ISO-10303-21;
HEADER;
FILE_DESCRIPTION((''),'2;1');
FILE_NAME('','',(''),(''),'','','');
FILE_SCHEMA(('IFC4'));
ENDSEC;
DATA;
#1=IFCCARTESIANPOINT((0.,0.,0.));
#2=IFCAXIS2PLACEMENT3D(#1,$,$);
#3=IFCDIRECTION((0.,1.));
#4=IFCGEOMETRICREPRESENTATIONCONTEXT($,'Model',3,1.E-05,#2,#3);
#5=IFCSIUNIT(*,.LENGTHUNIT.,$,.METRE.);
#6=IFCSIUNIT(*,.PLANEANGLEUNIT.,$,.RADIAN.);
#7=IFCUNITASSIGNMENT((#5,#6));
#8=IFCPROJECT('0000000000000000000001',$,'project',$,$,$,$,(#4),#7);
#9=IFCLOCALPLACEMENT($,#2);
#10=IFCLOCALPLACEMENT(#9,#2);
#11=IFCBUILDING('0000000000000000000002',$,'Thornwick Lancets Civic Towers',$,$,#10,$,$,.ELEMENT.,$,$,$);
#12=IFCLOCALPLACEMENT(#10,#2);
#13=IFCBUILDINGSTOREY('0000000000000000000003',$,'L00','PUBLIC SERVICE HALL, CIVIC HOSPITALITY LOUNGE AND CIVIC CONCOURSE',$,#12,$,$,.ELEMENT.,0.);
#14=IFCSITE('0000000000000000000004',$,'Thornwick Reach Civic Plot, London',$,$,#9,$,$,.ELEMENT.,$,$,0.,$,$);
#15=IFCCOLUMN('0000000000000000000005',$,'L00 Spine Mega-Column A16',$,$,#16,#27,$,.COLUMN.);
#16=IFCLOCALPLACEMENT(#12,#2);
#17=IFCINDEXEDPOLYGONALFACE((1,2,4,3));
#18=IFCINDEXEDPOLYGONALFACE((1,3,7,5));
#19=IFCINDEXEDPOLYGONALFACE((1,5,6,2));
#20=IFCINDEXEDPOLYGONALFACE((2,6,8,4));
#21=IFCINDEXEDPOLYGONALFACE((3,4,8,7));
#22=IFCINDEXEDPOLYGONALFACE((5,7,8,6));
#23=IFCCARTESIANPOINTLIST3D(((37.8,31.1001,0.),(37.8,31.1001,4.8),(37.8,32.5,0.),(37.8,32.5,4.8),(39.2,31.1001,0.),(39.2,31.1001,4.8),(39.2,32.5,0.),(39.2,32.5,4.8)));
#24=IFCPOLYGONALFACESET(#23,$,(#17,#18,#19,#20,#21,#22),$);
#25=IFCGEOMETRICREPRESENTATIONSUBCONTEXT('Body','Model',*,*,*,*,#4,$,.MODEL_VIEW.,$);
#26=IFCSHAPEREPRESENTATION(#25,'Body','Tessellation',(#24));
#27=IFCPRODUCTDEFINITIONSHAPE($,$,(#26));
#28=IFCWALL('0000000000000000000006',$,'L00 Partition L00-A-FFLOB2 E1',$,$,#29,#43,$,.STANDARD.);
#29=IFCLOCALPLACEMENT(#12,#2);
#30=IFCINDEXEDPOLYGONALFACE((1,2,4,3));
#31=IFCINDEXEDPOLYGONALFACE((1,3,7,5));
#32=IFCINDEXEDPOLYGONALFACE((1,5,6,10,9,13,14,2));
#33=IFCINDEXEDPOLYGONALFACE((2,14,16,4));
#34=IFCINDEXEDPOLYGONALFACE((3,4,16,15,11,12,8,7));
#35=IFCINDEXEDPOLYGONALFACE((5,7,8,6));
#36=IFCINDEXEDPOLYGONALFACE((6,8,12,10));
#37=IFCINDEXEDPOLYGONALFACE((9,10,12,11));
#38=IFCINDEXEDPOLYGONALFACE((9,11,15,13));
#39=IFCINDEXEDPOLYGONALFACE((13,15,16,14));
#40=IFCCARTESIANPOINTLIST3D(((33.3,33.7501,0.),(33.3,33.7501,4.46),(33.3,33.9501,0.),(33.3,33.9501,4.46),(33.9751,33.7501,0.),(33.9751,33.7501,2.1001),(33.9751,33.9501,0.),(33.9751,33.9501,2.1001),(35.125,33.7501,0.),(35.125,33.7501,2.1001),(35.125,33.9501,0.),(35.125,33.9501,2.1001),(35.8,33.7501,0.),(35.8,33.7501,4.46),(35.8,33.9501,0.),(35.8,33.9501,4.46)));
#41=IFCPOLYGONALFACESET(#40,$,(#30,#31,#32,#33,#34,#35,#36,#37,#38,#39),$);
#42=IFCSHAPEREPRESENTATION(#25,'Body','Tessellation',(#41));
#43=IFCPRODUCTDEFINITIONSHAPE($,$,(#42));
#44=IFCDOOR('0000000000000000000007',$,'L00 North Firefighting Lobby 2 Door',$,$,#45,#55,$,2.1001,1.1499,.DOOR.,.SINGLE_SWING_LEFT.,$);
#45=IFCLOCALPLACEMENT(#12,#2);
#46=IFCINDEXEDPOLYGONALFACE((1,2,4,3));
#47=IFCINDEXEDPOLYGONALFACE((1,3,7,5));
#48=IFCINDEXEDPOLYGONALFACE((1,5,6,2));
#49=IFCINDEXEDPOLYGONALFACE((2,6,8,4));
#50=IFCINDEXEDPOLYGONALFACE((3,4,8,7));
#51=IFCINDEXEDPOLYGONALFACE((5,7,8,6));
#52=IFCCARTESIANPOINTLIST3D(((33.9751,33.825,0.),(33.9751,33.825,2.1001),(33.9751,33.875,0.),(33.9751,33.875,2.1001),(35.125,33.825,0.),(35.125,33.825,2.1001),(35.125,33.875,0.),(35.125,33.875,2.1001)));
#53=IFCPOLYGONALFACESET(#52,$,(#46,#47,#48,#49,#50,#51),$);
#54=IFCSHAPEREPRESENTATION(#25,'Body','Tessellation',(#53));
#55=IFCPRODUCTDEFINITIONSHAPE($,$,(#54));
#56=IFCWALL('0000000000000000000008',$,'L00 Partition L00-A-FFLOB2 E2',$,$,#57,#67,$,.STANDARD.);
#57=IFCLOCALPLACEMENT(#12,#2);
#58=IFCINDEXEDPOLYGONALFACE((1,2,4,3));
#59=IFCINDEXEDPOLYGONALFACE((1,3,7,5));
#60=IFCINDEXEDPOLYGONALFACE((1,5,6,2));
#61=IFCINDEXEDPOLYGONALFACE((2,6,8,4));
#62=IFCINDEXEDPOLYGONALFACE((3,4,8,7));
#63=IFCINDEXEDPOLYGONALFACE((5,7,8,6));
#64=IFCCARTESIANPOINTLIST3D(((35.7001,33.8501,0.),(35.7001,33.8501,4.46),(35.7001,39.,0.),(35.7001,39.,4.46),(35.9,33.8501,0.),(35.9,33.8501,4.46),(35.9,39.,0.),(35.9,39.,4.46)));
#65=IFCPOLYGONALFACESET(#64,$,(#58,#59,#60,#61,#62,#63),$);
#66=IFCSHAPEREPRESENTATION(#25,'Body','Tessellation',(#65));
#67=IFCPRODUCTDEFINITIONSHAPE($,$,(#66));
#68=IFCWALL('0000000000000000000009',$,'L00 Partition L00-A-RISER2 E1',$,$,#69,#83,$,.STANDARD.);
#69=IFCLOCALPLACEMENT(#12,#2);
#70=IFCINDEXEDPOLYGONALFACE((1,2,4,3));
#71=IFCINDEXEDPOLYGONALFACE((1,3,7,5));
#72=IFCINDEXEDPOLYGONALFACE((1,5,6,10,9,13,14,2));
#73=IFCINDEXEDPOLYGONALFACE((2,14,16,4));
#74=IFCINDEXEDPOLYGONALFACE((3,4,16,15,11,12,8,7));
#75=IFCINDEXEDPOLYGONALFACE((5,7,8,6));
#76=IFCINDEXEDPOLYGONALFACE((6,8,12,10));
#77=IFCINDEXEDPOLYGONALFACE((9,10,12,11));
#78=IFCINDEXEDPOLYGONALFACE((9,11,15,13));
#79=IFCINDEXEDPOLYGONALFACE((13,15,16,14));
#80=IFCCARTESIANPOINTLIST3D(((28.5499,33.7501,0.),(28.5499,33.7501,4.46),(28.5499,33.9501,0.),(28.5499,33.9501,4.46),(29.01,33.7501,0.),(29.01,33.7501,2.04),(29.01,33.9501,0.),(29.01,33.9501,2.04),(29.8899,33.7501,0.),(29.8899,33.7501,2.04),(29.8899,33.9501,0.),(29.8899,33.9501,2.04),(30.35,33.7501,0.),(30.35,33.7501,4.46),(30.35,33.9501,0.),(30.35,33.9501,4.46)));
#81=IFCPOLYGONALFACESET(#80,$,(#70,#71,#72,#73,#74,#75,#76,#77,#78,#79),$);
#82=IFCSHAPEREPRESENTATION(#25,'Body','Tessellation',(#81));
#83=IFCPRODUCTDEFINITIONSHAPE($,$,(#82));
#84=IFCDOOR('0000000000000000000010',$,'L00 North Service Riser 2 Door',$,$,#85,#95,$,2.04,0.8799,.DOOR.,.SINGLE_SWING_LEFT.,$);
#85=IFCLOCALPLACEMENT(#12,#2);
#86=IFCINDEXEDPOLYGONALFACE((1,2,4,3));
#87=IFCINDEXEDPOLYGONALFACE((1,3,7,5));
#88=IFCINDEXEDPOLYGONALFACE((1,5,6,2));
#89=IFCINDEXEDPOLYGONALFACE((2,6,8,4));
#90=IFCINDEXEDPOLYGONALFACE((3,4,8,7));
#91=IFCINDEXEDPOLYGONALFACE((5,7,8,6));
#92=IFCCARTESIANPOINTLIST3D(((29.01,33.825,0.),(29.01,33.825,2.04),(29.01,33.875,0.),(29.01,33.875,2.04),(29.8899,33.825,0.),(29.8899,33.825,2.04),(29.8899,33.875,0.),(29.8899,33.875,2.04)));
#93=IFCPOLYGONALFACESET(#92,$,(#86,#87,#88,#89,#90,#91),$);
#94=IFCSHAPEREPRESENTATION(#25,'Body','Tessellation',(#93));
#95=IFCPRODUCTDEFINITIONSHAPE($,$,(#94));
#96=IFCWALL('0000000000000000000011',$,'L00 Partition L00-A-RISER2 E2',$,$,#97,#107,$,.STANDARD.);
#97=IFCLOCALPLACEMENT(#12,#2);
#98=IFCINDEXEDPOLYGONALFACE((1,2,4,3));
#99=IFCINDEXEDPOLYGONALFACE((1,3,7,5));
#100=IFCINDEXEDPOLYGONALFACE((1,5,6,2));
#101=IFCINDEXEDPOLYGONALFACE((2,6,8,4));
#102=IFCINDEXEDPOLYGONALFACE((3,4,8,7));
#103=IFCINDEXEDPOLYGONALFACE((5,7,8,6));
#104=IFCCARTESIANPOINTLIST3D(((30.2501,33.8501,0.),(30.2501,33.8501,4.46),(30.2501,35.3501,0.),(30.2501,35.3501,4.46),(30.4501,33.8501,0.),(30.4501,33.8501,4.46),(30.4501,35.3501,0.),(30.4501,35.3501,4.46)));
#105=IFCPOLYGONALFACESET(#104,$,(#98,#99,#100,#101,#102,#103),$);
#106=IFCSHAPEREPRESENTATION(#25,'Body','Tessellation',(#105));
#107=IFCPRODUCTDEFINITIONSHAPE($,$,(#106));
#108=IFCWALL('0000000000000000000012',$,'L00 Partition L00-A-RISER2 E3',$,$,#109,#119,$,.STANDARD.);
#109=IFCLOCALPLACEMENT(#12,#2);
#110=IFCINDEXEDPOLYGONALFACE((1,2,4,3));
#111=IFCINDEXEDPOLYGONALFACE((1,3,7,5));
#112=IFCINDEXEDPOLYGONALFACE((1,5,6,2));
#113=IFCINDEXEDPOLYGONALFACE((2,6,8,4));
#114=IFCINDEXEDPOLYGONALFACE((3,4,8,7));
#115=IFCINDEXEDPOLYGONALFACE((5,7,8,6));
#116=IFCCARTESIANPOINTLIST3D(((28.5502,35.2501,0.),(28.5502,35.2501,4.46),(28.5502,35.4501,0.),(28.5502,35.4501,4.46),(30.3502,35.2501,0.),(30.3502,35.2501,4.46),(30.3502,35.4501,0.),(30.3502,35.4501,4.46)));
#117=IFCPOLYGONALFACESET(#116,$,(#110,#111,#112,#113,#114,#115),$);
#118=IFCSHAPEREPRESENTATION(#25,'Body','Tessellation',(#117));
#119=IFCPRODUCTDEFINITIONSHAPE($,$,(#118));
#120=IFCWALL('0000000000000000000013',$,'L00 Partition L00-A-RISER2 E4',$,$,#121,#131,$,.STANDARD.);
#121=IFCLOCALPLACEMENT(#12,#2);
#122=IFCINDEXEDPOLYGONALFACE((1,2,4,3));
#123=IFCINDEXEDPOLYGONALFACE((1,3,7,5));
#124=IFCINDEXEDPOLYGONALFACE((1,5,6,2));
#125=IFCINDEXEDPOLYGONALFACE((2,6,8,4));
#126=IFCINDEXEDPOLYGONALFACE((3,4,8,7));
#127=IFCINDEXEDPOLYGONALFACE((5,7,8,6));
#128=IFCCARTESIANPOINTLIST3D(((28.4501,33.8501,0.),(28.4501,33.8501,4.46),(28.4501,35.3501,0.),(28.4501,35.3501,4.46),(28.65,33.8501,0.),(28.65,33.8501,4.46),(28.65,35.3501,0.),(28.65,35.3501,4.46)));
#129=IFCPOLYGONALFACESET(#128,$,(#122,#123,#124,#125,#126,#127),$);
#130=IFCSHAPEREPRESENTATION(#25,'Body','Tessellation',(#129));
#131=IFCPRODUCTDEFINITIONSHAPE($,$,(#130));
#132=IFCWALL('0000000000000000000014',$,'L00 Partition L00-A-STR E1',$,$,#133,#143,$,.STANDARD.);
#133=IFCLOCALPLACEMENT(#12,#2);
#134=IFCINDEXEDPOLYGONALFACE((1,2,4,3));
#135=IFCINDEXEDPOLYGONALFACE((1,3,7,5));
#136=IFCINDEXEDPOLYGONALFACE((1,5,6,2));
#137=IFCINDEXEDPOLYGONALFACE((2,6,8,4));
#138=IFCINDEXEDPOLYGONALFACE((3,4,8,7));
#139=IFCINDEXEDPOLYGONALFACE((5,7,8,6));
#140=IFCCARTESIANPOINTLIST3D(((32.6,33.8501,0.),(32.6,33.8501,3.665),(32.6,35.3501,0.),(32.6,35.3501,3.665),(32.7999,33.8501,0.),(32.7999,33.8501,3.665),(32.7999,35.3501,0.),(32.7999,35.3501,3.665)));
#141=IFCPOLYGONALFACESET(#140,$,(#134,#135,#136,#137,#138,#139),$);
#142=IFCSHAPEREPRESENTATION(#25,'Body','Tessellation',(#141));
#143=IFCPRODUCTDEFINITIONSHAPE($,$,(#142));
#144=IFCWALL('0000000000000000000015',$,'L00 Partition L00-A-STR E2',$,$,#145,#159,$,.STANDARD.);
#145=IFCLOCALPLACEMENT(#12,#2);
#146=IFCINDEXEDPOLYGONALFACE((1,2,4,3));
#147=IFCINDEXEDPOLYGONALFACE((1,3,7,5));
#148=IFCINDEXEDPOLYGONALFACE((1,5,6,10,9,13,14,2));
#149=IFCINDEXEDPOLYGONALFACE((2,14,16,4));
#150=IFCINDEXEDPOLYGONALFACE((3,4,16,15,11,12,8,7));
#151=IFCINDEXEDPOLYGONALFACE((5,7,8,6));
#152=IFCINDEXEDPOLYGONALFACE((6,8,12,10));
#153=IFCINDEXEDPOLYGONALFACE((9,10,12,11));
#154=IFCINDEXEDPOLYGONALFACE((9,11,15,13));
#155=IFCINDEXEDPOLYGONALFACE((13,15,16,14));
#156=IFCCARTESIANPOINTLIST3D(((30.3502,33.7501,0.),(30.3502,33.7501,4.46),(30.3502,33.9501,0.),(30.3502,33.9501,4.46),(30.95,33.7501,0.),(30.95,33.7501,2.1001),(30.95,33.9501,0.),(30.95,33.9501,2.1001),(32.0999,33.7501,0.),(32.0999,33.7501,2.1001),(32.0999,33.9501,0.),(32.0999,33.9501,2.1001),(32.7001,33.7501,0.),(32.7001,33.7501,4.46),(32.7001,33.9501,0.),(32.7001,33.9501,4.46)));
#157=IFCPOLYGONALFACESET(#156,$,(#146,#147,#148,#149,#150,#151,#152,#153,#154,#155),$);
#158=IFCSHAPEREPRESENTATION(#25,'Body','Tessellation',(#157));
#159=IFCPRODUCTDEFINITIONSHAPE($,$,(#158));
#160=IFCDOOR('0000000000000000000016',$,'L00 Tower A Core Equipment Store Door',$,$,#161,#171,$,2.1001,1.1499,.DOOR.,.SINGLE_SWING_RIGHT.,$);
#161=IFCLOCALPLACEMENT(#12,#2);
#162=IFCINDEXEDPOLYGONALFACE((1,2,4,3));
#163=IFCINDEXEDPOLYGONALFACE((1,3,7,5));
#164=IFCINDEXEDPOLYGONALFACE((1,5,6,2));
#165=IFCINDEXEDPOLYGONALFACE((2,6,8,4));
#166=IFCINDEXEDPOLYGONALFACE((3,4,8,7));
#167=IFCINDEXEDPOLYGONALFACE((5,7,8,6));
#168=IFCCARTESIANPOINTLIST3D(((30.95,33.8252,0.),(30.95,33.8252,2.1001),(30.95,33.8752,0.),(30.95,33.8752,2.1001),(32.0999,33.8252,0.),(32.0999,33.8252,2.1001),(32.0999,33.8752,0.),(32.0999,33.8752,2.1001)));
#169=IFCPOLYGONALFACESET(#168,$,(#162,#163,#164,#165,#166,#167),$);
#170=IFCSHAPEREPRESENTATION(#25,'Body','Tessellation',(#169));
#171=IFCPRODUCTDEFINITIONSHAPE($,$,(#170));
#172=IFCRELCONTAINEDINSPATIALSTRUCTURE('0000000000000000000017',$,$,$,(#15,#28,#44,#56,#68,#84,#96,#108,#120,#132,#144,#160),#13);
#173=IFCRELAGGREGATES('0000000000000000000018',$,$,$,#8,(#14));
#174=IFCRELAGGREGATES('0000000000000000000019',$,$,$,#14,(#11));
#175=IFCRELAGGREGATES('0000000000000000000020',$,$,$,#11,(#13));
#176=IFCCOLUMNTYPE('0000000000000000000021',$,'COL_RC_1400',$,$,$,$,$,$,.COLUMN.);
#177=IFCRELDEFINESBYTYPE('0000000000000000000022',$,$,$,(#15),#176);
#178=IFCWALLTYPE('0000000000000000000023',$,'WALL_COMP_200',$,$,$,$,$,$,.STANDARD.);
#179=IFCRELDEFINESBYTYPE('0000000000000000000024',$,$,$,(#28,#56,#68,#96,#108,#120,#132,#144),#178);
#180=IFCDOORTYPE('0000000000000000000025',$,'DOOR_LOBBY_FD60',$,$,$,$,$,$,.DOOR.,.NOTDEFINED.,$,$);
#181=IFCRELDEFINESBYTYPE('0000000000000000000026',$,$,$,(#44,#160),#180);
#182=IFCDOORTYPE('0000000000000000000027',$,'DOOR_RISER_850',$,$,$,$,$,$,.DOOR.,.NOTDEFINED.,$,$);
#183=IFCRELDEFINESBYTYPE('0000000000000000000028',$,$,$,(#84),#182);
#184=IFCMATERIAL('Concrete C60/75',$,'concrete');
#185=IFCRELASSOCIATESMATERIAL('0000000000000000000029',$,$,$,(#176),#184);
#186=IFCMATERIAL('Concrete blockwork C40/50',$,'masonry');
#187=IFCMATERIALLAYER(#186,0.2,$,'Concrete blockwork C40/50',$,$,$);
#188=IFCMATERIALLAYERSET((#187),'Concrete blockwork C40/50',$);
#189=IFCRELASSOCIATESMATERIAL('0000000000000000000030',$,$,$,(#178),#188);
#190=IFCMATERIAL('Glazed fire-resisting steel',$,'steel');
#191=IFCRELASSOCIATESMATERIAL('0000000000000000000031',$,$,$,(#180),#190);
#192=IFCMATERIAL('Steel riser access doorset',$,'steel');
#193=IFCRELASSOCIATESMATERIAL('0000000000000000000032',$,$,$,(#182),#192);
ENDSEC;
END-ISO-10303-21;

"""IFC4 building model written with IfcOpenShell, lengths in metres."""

from ifc_helpers import new_model, si_unit, direction, frame, frame_2d, origin, origin_2d, place, context, subcontext, project, spatial, rectangle, extrude, material, layer, layer_set, material_profile, profile_set, type_object, element, fill, save


model = new_model("IFC4")

# Units and contexts
model_context = context("Model", 3, precision=1e-05, world=origin(), true_north=direction((0.0, 1.0)))
body_context = subcontext(model_context, "Body", "Model", "MODEL_VIEW")
ifc_project = project(units=[si_unit("LENGTHUNIT", "METRE"), si_unit("PLANEANGLEUNIT", "RADIAN")], contexts=[model_context])

# Site, building, storey
site_placement = place(None, origin())
site = spatial("IfcSite", under=ifc_project, at=site_placement, Name="Thornwick Reach Civic Plot, London", CompositionType="ELEMENT", RefElevation=0.0)
building_placement = place(site_placement, origin())
building = spatial("IfcBuilding", under=site, at=building_placement, Name="Thornwick Lancets Civic Towers", CompositionType="ELEMENT")
storey_placement = place(building_placement, origin())
storey = spatial("IfcBuildingStorey", under=building, at=storey_placement, Name="L00", Description="PUBLIC SERVICE HALL, CIVIC HOSPITALITY LOUNGE AND CIVIC CONCOURSE", CompositionType="ELEMENT", Elevation=0.0)

# Column
ifc_material_1 = material(Name="Concrete C60/75", Category="concrete")
ifc_material_profile = material_profile(ifc_material_1, rectangle(XDim=1.3999, YDim=1.3999, at=origin_2d()), Name="RC 1400x1400")
ifc_profile_set = profile_set([ifc_material_profile], Name="Concrete C60/75")
column_type = type_object("IfcColumnType", Name="COL_RC_1400", PredefinedType="COLUMN", material=ifc_profile_set)
column_placement = place(storey_placement, frame((38.5, 31.8, 0.0), z_axis=(0.0, 0.0, 1.0), x_axis=(1.0, 0.0, 0.0)))
element("IfcColumn", 1, at=column_placement, inside=storey, type_object=column_type, Name="L00 Spine Mega-Column A16", PredefinedType="COLUMN", context=body_context, shape_type="SweptSolid", body=[
    extrude(rectangle(XDim=1.3999, YDim=1.3999, at=origin_2d()), origin(), (0.0, 0.0, 1.0), 4.8),
])

# Wall, opening, door
ifc_material_2 = material(Name="Concrete blockwork C40/50", Category="masonry")
ifc_layer_1 = layer(ifc_material_2, 0.2, Name="Concrete blockwork C40/50")
ifc_layer_set_1 = layer_set([ifc_layer_1], Name="Concrete blockwork C40/50")
wall_type_1 = type_object("IfcWallType", Name="WALL_COMP_200", PredefinedType="STANDARD", material=ifc_layer_set_1)
wall_1_placement = place(storey_placement, frame((33.3, 33.8501, 0.0), z_axis=(0.0, 0.0, 1.0), x_axis=(1.0, 0.0, 0.0)))
wall_1 = element("IfcWall", 2, at=wall_1_placement, inside=storey, type_object=wall_type_1, Name="L00 Partition L00-A-FFLOB2 E1", PredefinedType="STANDARD", context=body_context, shape_type="SweptSolid", body=[
    extrude(rectangle(XDim=2.5, YDim=0.2, at=frame_2d((1.25, 0.0))), origin(), (0.0, 0.0, 1.0), 4.46),
])
opening_1_placement = place(wall_1_placement, frame((0.675, 0.0, 0.0)))
opening_1 = element("IfcOpeningElement", 3, at=opening_1_placement, cuts=wall_1, PredefinedType="OPENING", context=body_context, shape_type="SweptSolid", body=[
    extrude(rectangle(XDim=1.1499, YDim=2.1001, at=frame_2d((0.575, 1.05))), frame((0.0, 0.1099, 0.0), z_axis=(0.0, -1.0, 0.0), x_axis=(1.0, 0.0, 0.0)), (0.0, 0.0, 1.0), 0.22),
])
ifc_material_3 = material(Name="Glazed fire-resisting steel", Category="steel")
door_type_1 = type_object("IfcDoorType", Name="DOOR_LOBBY_FD60", OperationType="NOTDEFINED", PredefinedType="DOOR", material=ifc_material_3)
door_1_placement = place(opening_1_placement, origin())
door_1 = element("IfcDoor", 4, at=door_1_placement, inside=storey, type_object=door_type_1, Name="L00 North Firefighting Lobby 2 Door", OperationType="SINGLE_SWING_LEFT", OverallHeight=2.1001, OverallWidth=1.1499, PredefinedType="DOOR", context=body_context, shape_type="SweptSolid", body=[
    extrude(rectangle(XDim=1.1499, YDim=2.1001, at=frame_2d((0.575, 1.05))), frame((0.0, 0.0249, 0.0), z_axis=(0.0, -1.0, 0.0), x_axis=(1.0, 0.0, 0.0)), (0.0, 0.0, 1.0), 0.05),
])
fill(opening_1, door_1)

# Wall
wall_2_placement = place(storey_placement, frame((35.8, 33.8501, 0.0), z_axis=(0.0, 0.0, 1.0), x_axis=(0.0, 1.0, 0.0)))
element("IfcWall", 5, at=wall_2_placement, inside=storey, type_object=wall_type_1, Name="L00 Partition L00-A-FFLOB2 E2", PredefinedType="STANDARD", context=body_context, shape_type="SweptSolid", body=[
    extrude(rectangle(XDim=5.1499, YDim=0.2, at=frame_2d((2.575, 0.0))), origin(), (0.0, 0.0, 1.0), 4.46),
])

# Wall, opening, door
wall_3_placement = place(storey_placement, frame((28.55, 33.8501, 0.0), z_axis=(0.0, 0.0, 1.0), x_axis=(1.0, 0.0, 0.0)))
wall_3 = element("IfcWall", 6, at=wall_3_placement, inside=storey, type_object=wall_type_1, Name="L00 Partition L00-A-RISER2 E1", PredefinedType="STANDARD", context=body_context, shape_type="SweptSolid", body=[
    extrude(rectangle(XDim=1.8, YDim=0.2, at=frame_2d((0.8999, 0.0))), origin(), (0.0, 0.0, 1.0), 4.46),
])
opening_2_placement = place(wall_3_placement, frame((0.46, 0.0, 0.0)))
opening_2 = element("IfcOpeningElement", 7, at=opening_2_placement, cuts=wall_3, PredefinedType="OPENING", context=body_context, shape_type="SweptSolid", body=[
    extrude(rectangle(XDim=0.8799, YDim=2.04, at=frame_2d((0.4399, 1.02))), frame((0.0, 0.1099, 0.0), z_axis=(0.0, -1.0, 0.0), x_axis=(1.0, 0.0, 0.0)), (0.0, 0.0, 1.0), 0.22),
])
ifc_material_4 = material(Name="Steel riser access doorset", Category="steel")
door_type_2 = type_object("IfcDoorType", Name="DOOR_RISER_850", OperationType="NOTDEFINED", PredefinedType="DOOR", material=ifc_material_4)
door_2_placement = place(opening_2_placement, origin())
door_2 = element("IfcDoor", 8, at=door_2_placement, inside=storey, type_object=door_type_2, Name="L00 North Service Riser 2 Door", OperationType="SINGLE_SWING_LEFT", OverallHeight=2.04, OverallWidth=0.8799, PredefinedType="DOOR", context=body_context, shape_type="SweptSolid", body=[
    extrude(rectangle(XDim=0.8799, YDim=2.04, at=frame_2d((0.4399, 1.02))), frame((0.0, 0.0249, 0.0), z_axis=(0.0, -1.0, 0.0), x_axis=(1.0, 0.0, 0.0)), (0.0, 0.0, 1.0), 0.05),
])
fill(opening_2, door_2)

# Walls
wall_4_placement = place(storey_placement, frame((30.3501, 33.8501, 0.0), z_axis=(0.0, 0.0, 1.0), x_axis=(0.0, 1.0, 0.0)))
element("IfcWall", 9, at=wall_4_placement, inside=storey, type_object=wall_type_1, Name="L00 Partition L00-A-RISER2 E2", PredefinedType="STANDARD", context=body_context, shape_type="SweptSolid", body=[
    extrude(rectangle(XDim=1.5, YDim=0.2, at=frame_2d((0.75, 0.0))), origin(), (0.0, 0.0, 1.0), 4.46),
])
wall_5_placement = place(storey_placement, frame((30.3501, 35.3501, 0.0), z_axis=(0.0, 0.0, 1.0), x_axis=(-1.0, 0.0, 0.0)))
element("IfcWall", 10, at=wall_5_placement, inside=storey, type_object=wall_type_1, Name="L00 Partition L00-A-RISER2 E3", PredefinedType="STANDARD", context=body_context, shape_type="SweptSolid", body=[
    extrude(rectangle(XDim=1.8, YDim=0.2, at=frame_2d((0.8999, 0.0))), origin(), (0.0, 0.0, 1.0), 4.46),
])
wall_6_placement = place(storey_placement, frame((28.55, 35.3501, 0.0), z_axis=(0.0, 0.0, 1.0), x_axis=(0.0, -1.0, 0.0)))
element("IfcWall", 11, at=wall_6_placement, inside=storey, type_object=wall_type_1, Name="L00 Partition L00-A-RISER2 E4", PredefinedType="STANDARD", context=body_context, shape_type="SweptSolid", body=[
    extrude(rectangle(XDim=1.5, YDim=0.2, at=frame_2d((0.75, 0.0))), origin(), (0.0, 0.0, 1.0), 4.46),
])
wall_7_placement = place(storey_placement, frame((32.7, 35.3501, 0.0), z_axis=(0.0, 0.0, 1.0), x_axis=(0.0, -1.0, 0.0)))
element("IfcWall", 12, at=wall_7_placement, inside=storey, type_object=wall_type_1, Name="L00 Partition L00-A-STR E1", PredefinedType="STANDARD", context=body_context, shape_type="SweptSolid", body=[
    extrude(rectangle(XDim=1.5, YDim=0.2, at=frame_2d((0.75, 0.0))), origin(), (0.0, 0.0, 1.0), 3.665),
])

# Wall, opening, door
wall_8_placement = place(storey_placement, frame((32.7, 33.8501, 0.0), z_axis=(0.0, 0.0, 1.0), x_axis=(-1.0, 0.0, 0.0)))
wall_8 = element("IfcWall", 13, at=wall_8_placement, inside=storey, type_object=wall_type_1, Name="L00 Partition L00-A-STR E2", PredefinedType="STANDARD", context=body_context, shape_type="SweptSolid", body=[
    extrude(rectangle(XDim=2.3499, YDim=0.2, at=frame_2d((1.1748, 0.0))), origin(), (0.0, 0.0, 1.0), 4.46),
])
opening_3_placement = place(wall_8_placement, frame((0.6001, 0.0, 0.0)))
opening_3 = element("IfcOpeningElement", 14, at=opening_3_placement, cuts=wall_8, PredefinedType="OPENING", context=body_context, shape_type="SweptSolid", body=[
    extrude(rectangle(XDim=1.1499, YDim=2.1001, at=frame_2d((0.575, 1.05))), frame((0.0, 0.1099, 0.0), z_axis=(0.0, -1.0, 0.0), x_axis=(1.0, 0.0, 0.0)), (0.0, 0.0, 1.0), 0.22),
])
door_3_placement = place(opening_3_placement, origin())
door_3 = element("IfcDoor", 15, at=door_3_placement, inside=storey, type_object=door_type_1, Name="L00 Tower A Core Equipment Store Door", OperationType="SINGLE_SWING_RIGHT", OverallHeight=2.1001, OverallWidth=1.1499, PredefinedType="DOOR", context=body_context, shape_type="SweptSolid", body=[
    extrude(rectangle(XDim=1.1499, YDim=2.1001, at=frame_2d((0.575, 1.05))), frame((0.0, 0.0249, 0.0), z_axis=(0.0, -1.0, 0.0), x_axis=(1.0, 0.0, 0.0)), (0.0, 0.0, 1.0), 0.05),
])
fill(opening_3, door_3)

save(model, "model.ifc")
